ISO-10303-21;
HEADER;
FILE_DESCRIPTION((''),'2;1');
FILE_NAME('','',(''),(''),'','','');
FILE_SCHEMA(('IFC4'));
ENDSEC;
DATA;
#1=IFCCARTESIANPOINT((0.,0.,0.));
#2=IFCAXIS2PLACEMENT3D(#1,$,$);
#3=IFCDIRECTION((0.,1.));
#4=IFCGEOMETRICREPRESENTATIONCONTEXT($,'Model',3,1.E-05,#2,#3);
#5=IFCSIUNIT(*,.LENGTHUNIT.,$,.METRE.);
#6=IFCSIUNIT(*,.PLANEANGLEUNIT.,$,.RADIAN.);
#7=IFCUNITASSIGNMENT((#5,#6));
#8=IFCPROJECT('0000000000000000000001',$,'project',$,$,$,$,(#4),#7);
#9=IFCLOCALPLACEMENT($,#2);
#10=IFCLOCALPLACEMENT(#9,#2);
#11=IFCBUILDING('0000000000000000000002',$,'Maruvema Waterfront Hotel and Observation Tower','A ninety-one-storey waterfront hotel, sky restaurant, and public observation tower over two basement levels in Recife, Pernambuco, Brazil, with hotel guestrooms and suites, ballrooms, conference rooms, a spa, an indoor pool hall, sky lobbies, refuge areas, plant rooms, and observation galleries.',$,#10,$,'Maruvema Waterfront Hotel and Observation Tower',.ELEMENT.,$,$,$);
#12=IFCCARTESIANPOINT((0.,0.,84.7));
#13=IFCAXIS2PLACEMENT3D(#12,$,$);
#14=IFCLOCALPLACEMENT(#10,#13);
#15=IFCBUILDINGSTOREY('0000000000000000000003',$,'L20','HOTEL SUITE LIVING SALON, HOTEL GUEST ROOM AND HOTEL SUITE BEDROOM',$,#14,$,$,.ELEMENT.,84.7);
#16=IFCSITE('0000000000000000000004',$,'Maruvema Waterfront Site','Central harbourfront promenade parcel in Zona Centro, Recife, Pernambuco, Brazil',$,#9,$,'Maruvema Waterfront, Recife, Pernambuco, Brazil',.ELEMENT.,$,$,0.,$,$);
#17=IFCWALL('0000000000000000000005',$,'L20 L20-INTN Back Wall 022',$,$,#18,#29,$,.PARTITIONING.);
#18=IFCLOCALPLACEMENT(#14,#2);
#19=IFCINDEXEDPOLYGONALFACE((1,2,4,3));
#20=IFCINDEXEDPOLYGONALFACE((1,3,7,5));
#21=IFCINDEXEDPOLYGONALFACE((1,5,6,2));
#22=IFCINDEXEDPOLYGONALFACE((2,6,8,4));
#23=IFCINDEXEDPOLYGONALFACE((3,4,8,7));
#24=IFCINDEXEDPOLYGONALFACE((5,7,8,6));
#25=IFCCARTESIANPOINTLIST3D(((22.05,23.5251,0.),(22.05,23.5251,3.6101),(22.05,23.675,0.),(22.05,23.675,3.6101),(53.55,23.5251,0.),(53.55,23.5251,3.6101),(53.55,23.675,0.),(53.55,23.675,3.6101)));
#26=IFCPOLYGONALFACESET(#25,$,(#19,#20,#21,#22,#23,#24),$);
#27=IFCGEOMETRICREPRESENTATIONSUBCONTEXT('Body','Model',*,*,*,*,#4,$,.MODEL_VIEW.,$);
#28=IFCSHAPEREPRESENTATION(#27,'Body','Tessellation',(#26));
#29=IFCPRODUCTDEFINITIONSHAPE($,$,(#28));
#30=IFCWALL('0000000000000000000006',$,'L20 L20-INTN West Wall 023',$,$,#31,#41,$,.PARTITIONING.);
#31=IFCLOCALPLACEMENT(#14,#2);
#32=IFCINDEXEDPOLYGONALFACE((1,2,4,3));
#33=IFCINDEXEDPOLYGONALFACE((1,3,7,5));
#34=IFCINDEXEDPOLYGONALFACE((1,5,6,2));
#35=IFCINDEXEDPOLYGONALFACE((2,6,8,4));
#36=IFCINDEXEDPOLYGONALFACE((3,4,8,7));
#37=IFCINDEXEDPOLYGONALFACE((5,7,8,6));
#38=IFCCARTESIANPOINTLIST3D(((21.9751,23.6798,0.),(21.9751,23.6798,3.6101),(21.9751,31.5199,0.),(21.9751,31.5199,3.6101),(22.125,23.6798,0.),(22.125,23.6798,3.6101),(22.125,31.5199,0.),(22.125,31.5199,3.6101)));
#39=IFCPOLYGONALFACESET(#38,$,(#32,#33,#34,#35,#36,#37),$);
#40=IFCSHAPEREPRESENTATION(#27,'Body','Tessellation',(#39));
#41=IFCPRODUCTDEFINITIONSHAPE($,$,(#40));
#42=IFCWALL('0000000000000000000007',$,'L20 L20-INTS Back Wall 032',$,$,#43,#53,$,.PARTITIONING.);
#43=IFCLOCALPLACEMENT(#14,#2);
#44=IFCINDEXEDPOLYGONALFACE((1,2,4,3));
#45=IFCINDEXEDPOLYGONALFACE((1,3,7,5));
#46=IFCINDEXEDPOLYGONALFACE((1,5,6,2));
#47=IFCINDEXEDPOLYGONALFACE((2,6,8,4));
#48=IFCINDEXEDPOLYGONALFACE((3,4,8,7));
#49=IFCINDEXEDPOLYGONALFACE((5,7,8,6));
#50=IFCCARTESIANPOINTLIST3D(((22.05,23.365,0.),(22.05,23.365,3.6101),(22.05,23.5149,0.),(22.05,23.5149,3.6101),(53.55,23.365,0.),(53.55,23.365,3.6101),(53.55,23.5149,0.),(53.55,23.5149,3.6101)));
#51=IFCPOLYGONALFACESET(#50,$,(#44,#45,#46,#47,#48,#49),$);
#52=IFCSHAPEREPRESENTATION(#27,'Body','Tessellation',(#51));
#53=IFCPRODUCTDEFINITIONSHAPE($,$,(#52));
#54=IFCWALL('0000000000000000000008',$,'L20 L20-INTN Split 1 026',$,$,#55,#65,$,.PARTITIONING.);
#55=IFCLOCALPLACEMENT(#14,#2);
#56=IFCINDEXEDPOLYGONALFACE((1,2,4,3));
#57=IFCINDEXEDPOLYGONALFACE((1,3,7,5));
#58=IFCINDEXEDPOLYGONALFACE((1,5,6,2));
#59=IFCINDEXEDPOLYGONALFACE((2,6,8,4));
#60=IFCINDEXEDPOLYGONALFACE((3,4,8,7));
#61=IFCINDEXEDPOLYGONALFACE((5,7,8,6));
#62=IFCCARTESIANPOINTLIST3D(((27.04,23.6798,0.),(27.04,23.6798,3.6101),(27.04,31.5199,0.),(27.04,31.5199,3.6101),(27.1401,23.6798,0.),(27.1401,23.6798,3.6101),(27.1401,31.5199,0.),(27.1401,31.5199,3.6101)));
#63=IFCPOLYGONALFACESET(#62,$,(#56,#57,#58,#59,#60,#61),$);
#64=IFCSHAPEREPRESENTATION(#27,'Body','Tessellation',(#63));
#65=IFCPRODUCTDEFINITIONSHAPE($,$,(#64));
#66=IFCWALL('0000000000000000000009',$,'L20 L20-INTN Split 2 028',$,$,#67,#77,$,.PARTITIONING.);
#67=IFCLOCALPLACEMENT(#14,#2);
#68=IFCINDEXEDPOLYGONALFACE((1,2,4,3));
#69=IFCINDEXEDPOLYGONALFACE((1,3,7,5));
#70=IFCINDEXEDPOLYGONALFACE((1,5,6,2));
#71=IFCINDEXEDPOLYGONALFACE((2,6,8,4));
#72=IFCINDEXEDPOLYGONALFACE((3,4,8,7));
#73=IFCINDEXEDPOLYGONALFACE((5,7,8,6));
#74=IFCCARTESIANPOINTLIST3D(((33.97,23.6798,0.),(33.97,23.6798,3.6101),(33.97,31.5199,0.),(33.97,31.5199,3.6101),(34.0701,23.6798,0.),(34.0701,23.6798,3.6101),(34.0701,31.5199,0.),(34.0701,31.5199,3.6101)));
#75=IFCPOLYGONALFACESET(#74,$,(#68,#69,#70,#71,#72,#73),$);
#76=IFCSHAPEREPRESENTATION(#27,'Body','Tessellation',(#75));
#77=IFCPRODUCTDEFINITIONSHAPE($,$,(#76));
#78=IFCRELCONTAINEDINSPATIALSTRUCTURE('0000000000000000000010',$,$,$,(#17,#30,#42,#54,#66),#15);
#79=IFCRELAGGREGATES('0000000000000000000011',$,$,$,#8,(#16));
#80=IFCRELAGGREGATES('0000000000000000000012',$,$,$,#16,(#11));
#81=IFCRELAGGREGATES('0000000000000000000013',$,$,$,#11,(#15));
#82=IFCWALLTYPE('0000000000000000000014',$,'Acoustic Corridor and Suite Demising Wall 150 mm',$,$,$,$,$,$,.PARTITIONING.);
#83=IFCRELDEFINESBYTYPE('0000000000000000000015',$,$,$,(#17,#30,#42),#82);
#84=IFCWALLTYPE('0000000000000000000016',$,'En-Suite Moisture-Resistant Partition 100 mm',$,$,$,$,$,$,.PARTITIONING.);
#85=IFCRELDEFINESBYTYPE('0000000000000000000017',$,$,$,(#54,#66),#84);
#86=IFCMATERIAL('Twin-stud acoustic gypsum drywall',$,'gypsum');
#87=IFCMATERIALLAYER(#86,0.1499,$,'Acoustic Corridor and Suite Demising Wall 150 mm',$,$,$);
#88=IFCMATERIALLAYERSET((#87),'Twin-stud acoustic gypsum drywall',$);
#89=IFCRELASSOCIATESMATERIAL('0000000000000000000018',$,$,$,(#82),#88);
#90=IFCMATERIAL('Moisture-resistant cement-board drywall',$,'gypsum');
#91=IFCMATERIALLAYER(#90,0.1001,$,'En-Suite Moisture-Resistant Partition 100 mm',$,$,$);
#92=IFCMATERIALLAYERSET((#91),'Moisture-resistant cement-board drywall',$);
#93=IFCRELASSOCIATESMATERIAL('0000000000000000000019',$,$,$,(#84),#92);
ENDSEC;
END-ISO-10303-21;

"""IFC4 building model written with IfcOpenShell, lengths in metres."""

from ifc_helpers import new_model, si_unit, direction, frame, frame_2d, origin, place, context, subcontext, project, spatial, rectangle, extrude, material, layer, layer_set, type_object, element, save


model = new_model("IFC4")

# Units and contexts
model_context = context("Model", 3, precision=1e-05, world=origin(), true_north=direction((0.0, 1.0)))
body_context = subcontext(model_context, "Body", "Model", "MODEL_VIEW")
ifc_project = project(units=[si_unit("LENGTHUNIT", "METRE"), si_unit("PLANEANGLEUNIT", "RADIAN")], contexts=[model_context])

# Site, building, storey
site_placement = place(None, origin())
site = spatial("IfcSite", under=ifc_project, at=site_placement, Name="Maruvema Waterfront Site", Description="Central harbourfront promenade parcel in Zona Centro, Recife, Pernambuco, Brazil", LongName="Maruvema Waterfront, Recife, Pernambuco, Brazil", CompositionType="ELEMENT", RefElevation=0.0)
building_placement = place(site_placement, origin())
building = spatial("IfcBuilding", under=site, at=building_placement, Name="Maruvema Waterfront Hotel and Observation Tower", Description="A ninety-one-storey waterfront hotel, sky restaurant, and public observation tower over two basement levels in Recife, Pernambuco, Brazil, with hotel guestrooms and suites, ballrooms, conference rooms, a spa, an indoor pool hall, sky lobbies, refuge areas, plant rooms, and observation galleries.", LongName="Maruvema Waterfront Hotel and Observation Tower", CompositionType="ELEMENT")
storey_placement = place(building_placement, frame((0.0, 0.0, 84.7)))
storey = spatial("IfcBuildingStorey", under=building, at=storey_placement, Name="L20", Description="HOTEL SUITE LIVING SALON, HOTEL GUEST ROOM AND HOTEL SUITE BEDROOM", CompositionType="ELEMENT", Elevation=84.7)

# Walls
ifc_material_1 = material(Name="Twin-stud acoustic gypsum drywall", Category="gypsum")
ifc_layer_1 = layer(ifc_material_1, 0.1499, Name="Acoustic Corridor and Suite Demising Wall 150 mm")
ifc_layer_set_1 = layer_set([ifc_layer_1], Name="Twin-stud acoustic gypsum drywall")
wall_type_1 = type_object("IfcWallType", Name="Acoustic Corridor and Suite Demising Wall 150 mm", PredefinedType="PARTITIONING", material=ifc_layer_set_1)
wall_1_placement = place(storey_placement, frame((22.05, 23.6001, 0.0), z_axis=(0.0, 0.0, 1.0), x_axis=(1.0, 0.0, 0.0)))
element("IfcWall", 1, at=wall_1_placement, inside=storey, type_object=wall_type_1, Name="L20 L20-INTN Back Wall 022", PredefinedType="PARTITIONING", context=body_context, shape_type="SweptSolid", body=[
    extrude(rectangle(XDim=31.5, YDim=0.1499, at=frame_2d((15.75, 0.0))), origin(), (0.0, 0.0, 1.0), 3.6101),
])
wall_2_placement = place(storey_placement, frame((22.05, 23.6799, 0.0), z_axis=(0.0, 0.0, 1.0), x_axis=(0.0, 1.0, 0.0)))
element("IfcWall", 2, at=wall_2_placement, inside=storey, type_object=wall_type_1, Name="L20 L20-INTN West Wall 023", PredefinedType="PARTITIONING", context=body_context, shape_type="SweptSolid", body=[
    extrude(rectangle(XDim=7.8401, YDim=0.1499, at=frame_2d((3.9199, 0.0))), origin(), (0.0, 0.0, 1.0), 3.6101),
])
wall_3_placement = place(storey_placement, frame((22.05, 23.4399, 0.0), z_axis=(0.0, 0.0, 1.0), x_axis=(1.0, 0.0, 0.0)))
element("IfcWall", 3, at=wall_3_placement, inside=storey, type_object=wall_type_1, Name="L20 L20-INTS Back Wall 032", PredefinedType="PARTITIONING", context=body_context, shape_type="SweptSolid", body=[
    extrude(rectangle(XDim=31.5, YDim=0.1499, at=frame_2d((15.75, 0.0))), origin(), (0.0, 0.0, 1.0), 3.6101),
])

# Walls
ifc_material_2 = material(Name="Moisture-resistant cement-board drywall", Category="gypsum")
ifc_layer_2 = layer(ifc_material_2, 0.1001, Name="En-Suite Moisture-Resistant Partition 100 mm")
ifc_layer_set_2 = layer_set([ifc_layer_2], Name="Moisture-resistant cement-board drywall")
wall_type_2 = type_object("IfcWallType", Name="En-Suite Moisture-Resistant Partition 100 mm", PredefinedType="PARTITIONING", material=ifc_layer_set_2)
for number, where, z_axis, x_axis, name in (
    (4, (27.0901, 23.6799, 0.0), (0.0, 0.0, 1.0), (0.0, 1.0, 0.0), "L20 L20-INTN Split 1 026"),
    (5, (34.02, 23.6799, 0.0), (0.0, 0.0, 1.0), (0.0, 1.0, 0.0), "L20 L20-INTN Split 2 028"),
):
    element("IfcWall", number, at=place(storey_placement, frame(where, z_axis=z_axis, x_axis=x_axis)), inside=storey, type_object=wall_type_2, Name=name, PredefinedType="PARTITIONING", context=body_context, shape_type="SweptSolid", body=[
        extrude(rectangle(XDim=7.8401, YDim=0.1001, at=frame_2d((3.9199, 0.0))), origin(), (0.0, 0.0, 1.0), 3.6101),
    ])

save(model, "model.ifc")
